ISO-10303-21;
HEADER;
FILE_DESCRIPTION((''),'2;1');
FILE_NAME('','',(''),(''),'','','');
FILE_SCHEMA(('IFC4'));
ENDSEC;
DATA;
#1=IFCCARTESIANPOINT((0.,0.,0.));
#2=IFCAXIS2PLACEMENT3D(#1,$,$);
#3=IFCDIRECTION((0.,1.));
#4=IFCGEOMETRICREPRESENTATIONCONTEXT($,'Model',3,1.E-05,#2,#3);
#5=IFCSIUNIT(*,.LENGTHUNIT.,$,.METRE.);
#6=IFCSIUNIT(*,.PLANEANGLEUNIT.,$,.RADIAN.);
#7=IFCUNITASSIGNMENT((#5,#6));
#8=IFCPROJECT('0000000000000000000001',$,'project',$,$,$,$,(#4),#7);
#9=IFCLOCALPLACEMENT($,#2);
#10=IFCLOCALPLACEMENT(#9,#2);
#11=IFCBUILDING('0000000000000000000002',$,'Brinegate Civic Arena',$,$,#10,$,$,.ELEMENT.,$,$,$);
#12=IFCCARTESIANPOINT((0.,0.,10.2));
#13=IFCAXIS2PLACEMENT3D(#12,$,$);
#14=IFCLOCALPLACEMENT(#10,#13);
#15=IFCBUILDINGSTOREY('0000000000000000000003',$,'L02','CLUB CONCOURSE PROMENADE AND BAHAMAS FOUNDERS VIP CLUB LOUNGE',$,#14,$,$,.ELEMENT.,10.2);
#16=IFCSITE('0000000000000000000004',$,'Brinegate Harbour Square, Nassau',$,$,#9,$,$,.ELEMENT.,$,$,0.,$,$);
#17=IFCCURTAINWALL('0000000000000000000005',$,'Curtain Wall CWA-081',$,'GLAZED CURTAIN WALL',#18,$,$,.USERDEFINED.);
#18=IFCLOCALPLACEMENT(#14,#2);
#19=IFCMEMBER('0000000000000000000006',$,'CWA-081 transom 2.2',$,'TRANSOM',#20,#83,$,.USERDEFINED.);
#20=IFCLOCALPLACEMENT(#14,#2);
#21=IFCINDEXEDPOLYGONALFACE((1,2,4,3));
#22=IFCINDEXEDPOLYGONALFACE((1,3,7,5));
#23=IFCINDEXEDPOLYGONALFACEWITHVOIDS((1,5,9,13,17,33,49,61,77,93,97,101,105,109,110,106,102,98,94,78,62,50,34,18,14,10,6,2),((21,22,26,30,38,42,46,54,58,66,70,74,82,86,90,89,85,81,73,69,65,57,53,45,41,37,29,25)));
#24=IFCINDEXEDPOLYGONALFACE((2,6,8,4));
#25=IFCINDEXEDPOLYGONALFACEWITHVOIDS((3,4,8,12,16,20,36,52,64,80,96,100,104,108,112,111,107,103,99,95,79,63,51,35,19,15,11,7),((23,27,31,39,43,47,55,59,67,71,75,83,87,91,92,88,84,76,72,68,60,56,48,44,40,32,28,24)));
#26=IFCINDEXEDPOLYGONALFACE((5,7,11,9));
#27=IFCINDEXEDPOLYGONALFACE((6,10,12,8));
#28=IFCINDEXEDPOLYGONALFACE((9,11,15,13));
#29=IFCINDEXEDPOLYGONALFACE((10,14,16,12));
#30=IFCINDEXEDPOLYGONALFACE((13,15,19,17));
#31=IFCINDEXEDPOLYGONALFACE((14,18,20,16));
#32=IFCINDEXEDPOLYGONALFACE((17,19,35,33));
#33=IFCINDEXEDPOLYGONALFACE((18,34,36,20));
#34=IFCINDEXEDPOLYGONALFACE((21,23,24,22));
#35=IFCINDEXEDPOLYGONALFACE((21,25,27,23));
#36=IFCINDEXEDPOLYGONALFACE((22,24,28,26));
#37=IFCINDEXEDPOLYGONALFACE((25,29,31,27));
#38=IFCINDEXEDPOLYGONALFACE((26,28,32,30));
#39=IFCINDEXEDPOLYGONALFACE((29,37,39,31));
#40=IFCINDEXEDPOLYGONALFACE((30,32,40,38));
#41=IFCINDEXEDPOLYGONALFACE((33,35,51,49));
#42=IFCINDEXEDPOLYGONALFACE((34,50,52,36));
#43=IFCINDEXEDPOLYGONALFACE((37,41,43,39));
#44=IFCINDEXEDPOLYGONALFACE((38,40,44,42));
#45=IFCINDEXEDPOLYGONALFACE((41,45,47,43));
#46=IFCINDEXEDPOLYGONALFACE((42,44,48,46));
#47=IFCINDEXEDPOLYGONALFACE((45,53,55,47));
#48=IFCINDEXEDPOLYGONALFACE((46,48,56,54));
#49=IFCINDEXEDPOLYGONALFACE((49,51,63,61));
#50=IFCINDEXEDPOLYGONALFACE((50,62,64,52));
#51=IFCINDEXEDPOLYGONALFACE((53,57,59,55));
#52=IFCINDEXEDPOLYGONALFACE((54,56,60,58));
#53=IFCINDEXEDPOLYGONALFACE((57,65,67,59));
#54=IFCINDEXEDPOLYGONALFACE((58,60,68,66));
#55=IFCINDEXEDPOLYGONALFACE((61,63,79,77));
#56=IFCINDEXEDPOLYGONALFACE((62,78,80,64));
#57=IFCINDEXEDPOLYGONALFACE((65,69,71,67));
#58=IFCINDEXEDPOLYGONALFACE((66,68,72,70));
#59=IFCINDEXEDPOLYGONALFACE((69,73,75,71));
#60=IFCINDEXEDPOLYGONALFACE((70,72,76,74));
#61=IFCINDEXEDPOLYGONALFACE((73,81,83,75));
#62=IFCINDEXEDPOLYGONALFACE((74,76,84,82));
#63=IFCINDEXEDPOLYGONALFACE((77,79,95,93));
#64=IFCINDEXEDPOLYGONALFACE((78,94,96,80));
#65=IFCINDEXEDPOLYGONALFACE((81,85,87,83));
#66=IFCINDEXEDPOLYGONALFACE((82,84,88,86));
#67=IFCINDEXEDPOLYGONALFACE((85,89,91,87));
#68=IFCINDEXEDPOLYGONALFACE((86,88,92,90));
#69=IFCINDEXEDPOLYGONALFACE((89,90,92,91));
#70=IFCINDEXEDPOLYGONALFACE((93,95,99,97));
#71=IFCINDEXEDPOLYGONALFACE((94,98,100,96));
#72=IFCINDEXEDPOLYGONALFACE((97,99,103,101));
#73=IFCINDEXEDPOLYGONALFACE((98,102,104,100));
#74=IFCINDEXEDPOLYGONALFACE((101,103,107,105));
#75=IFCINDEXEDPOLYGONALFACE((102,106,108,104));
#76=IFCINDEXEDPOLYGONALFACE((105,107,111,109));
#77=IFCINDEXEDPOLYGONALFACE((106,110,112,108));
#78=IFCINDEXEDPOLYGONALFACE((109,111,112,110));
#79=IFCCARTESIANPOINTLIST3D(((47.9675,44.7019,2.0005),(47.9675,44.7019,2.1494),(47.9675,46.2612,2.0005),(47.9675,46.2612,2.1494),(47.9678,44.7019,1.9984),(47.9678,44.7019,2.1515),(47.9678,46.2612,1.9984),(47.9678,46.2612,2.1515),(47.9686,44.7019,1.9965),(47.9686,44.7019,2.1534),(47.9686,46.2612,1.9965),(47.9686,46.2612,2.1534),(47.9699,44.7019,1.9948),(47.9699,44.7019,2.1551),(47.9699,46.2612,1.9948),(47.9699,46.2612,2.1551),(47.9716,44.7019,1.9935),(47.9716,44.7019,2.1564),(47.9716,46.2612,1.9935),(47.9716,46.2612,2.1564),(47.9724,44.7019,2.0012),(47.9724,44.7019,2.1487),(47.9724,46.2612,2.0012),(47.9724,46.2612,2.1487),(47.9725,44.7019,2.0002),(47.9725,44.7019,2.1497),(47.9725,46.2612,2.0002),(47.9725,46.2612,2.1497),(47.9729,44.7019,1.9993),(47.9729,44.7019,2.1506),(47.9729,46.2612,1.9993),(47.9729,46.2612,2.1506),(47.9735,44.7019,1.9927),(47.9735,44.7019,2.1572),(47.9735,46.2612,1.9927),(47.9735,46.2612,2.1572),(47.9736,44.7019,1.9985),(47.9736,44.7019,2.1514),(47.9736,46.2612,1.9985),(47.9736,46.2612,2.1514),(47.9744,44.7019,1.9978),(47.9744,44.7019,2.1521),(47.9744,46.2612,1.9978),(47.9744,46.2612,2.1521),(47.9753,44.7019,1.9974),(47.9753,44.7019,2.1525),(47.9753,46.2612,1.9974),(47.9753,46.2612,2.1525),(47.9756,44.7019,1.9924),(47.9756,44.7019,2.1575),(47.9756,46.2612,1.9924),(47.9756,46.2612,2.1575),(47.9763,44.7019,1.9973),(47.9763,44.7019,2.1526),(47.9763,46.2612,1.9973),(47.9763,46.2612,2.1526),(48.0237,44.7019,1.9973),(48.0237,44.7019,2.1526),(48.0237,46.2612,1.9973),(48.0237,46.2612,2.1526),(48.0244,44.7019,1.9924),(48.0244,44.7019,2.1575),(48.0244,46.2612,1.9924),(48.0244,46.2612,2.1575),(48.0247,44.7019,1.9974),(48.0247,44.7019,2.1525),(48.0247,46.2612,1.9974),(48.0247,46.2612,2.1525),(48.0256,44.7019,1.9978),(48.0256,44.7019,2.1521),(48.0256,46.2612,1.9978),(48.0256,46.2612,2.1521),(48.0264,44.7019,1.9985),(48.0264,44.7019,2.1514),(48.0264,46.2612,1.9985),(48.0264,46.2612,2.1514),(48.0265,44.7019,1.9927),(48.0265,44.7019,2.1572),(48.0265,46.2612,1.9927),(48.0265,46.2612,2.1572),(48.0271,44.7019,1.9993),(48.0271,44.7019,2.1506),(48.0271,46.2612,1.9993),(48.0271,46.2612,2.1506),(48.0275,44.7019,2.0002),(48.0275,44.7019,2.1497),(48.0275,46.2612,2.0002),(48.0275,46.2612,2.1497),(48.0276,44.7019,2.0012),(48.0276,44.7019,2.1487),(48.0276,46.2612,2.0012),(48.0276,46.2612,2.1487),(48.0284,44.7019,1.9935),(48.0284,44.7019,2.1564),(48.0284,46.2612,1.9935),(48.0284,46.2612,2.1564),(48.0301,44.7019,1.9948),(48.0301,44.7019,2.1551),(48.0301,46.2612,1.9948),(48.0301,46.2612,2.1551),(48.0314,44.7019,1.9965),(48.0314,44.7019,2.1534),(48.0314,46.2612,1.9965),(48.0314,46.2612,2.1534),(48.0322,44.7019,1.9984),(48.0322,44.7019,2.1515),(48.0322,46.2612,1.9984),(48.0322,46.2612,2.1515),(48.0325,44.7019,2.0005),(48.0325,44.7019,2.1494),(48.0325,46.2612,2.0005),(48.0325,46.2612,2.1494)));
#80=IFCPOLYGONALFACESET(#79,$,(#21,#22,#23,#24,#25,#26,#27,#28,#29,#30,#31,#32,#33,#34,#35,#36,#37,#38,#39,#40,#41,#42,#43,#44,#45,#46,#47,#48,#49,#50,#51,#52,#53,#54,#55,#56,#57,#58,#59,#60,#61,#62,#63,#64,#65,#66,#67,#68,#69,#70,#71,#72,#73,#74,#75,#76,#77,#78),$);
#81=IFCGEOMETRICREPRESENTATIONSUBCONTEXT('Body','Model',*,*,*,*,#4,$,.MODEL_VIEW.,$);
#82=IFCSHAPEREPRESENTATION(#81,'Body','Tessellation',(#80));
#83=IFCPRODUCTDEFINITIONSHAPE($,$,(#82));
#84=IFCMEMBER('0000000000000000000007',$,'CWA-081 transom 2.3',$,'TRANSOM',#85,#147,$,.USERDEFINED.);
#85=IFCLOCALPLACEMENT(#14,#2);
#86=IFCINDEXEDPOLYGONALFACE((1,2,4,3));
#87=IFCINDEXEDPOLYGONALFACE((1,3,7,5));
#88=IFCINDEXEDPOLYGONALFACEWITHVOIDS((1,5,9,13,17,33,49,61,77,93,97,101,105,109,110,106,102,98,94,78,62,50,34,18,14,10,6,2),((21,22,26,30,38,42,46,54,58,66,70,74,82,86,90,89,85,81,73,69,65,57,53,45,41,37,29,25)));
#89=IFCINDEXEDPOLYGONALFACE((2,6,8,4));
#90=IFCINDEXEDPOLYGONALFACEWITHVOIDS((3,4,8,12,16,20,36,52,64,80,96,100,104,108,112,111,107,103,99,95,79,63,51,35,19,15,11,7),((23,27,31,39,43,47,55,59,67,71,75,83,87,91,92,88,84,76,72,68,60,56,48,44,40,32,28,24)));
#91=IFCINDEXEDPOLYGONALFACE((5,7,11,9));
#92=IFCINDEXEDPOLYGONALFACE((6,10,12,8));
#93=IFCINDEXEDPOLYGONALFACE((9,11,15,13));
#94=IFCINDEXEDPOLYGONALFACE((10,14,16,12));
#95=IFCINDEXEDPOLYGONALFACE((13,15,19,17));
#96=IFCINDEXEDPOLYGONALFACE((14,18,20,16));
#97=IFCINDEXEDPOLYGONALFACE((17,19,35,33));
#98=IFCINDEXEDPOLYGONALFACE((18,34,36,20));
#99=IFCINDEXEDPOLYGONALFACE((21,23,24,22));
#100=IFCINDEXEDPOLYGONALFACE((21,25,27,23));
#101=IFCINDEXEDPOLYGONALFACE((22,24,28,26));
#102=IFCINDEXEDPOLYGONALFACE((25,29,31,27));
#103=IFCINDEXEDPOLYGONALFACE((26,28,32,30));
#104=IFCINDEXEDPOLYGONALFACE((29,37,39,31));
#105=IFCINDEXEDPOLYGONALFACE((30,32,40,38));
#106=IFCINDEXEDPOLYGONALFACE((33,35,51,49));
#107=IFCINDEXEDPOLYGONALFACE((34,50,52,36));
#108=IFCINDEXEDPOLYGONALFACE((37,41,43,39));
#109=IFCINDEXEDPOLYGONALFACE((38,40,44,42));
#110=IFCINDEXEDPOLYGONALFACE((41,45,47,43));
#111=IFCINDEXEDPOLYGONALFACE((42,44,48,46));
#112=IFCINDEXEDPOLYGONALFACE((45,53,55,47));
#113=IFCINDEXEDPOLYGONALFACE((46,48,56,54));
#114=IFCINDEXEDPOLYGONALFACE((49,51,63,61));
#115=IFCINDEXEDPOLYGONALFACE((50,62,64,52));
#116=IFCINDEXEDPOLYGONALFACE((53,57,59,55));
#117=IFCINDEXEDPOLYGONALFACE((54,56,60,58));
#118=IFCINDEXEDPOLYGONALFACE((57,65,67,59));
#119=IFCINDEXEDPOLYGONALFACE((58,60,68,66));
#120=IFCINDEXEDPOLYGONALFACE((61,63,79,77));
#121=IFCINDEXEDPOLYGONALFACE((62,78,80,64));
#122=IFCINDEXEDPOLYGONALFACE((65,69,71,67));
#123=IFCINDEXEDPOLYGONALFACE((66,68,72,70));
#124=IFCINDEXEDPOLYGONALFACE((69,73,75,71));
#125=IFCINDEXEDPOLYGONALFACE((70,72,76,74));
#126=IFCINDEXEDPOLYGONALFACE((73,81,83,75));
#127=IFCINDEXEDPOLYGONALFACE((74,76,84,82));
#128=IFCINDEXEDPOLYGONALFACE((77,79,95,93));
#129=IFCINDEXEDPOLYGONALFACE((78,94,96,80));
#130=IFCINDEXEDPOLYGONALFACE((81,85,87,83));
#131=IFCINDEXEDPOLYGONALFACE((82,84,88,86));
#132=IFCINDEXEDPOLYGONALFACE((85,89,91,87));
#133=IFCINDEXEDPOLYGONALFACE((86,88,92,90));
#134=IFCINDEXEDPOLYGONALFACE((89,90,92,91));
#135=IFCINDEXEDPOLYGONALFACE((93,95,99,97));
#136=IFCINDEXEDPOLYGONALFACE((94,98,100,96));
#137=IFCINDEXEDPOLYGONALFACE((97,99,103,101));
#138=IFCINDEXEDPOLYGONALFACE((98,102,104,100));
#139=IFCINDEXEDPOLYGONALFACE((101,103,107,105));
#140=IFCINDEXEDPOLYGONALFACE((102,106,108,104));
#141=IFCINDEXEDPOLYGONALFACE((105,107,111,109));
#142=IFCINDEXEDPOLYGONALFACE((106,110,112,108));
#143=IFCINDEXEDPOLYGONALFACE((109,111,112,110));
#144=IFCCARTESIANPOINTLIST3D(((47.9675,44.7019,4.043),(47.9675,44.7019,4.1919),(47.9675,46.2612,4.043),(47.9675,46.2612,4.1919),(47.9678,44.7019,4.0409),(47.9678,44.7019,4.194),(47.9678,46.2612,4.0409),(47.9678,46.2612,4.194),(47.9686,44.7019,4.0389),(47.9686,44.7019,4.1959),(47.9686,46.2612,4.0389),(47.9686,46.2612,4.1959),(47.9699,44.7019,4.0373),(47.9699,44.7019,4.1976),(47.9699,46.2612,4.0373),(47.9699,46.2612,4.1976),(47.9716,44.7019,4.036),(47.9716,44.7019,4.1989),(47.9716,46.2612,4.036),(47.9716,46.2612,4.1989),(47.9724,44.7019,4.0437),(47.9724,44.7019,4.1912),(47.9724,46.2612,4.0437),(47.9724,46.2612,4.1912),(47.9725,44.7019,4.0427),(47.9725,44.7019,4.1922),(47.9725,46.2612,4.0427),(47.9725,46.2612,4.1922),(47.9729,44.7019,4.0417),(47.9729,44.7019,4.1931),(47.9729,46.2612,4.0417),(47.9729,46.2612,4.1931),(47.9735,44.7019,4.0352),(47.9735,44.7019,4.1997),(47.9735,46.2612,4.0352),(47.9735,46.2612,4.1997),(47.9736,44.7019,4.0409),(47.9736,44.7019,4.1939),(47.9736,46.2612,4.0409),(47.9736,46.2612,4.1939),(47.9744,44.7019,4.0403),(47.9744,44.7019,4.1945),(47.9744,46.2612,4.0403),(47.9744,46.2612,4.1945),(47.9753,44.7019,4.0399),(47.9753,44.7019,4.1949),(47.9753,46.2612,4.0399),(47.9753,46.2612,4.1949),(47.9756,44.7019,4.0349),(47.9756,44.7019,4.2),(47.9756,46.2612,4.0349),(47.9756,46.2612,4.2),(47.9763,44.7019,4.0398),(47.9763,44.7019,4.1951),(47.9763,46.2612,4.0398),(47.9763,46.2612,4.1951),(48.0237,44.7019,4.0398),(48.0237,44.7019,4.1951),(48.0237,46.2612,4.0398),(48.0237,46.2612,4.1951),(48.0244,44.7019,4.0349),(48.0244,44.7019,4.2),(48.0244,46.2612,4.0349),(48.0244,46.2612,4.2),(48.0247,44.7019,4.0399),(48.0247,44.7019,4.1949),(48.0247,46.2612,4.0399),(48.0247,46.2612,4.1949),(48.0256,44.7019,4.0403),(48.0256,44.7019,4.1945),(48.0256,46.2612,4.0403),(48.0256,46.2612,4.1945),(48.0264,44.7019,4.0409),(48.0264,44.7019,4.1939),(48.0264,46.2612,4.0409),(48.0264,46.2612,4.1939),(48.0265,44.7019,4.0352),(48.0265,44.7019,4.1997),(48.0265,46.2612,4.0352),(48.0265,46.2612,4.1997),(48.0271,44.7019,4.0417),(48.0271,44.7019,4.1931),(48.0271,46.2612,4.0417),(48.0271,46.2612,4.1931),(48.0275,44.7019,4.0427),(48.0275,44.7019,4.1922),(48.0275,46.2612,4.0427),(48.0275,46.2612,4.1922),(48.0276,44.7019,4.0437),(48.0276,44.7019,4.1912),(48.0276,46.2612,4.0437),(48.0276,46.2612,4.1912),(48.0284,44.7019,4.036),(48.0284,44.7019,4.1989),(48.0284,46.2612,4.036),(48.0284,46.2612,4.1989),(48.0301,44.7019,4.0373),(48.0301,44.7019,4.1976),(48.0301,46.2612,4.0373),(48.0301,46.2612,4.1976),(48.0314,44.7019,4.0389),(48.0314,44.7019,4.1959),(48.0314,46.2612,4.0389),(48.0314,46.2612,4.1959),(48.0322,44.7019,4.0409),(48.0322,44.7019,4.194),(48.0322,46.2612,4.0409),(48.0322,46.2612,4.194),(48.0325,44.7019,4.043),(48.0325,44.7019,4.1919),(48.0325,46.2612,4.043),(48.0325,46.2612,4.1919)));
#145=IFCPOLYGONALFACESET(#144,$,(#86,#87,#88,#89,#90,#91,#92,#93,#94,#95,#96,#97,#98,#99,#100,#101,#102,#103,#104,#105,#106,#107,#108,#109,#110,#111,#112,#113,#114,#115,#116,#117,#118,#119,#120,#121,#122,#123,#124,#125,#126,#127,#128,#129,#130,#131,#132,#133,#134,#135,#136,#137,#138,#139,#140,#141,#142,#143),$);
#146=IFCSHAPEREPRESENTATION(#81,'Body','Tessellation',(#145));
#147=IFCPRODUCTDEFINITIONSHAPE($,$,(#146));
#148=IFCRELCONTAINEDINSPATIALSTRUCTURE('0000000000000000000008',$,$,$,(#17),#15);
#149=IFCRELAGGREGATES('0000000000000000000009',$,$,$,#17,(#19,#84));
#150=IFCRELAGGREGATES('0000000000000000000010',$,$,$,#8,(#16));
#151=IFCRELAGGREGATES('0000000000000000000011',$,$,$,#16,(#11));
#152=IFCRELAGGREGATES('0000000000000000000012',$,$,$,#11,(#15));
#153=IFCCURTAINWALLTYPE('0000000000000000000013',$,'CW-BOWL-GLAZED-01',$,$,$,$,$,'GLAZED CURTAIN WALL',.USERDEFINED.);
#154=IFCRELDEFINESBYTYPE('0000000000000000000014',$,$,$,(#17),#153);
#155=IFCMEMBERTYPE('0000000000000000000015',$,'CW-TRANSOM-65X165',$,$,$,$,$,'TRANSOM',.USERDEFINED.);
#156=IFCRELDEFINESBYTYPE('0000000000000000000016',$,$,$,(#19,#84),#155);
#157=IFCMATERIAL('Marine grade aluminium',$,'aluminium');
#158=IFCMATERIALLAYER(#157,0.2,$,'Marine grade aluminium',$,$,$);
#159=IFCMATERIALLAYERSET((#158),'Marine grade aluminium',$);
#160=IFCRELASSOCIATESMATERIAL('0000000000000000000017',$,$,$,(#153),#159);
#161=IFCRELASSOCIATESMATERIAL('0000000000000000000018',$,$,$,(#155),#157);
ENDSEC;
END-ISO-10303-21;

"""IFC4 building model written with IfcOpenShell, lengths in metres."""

from ifc_helpers import new_model, si_unit, direction, frame, origin, origin_2d, place, context, subcontext, project, spatial, hollow_rectangle, extrude, material, layer, layer_set, material_profile, profile_set, type_object, element, aggregate, save


model = new_model("IFC4")

# Units and contexts
model_context = context("Model", 3, precision=1e-05, world=origin(), true_north=direction((0.0, 1.0)))
body_context = subcontext(model_context, "Body", "Model", "MODEL_VIEW")
ifc_project = project(units=[si_unit("LENGTHUNIT", "METRE"), si_unit("PLANEANGLEUNIT", "RADIAN")], contexts=[model_context])

# Site, building, storey
site_placement = place(None, origin())
site = spatial("IfcSite", under=ifc_project, at=site_placement, Name="Brinegate Harbour Square, Nassau", CompositionType="ELEMENT", RefElevation=0.0)
building_placement = place(site_placement, origin())
building = spatial("IfcBuilding", under=site, at=building_placement, Name="Brinegate Civic Arena", CompositionType="ELEMENT")
storey_placement = place(building_placement, frame((0.0, 0.0, 10.2)))
storey = spatial("IfcBuildingStorey", under=building, at=storey_placement, Name="L02", Description="CLUB CONCOURSE PROMENADE AND BAHAMAS FOUNDERS VIP CLUB LOUNGE", CompositionType="ELEMENT", Elevation=10.2)

# Curtain wall, members
ifc_material_1 = material(Name="Marine grade aluminium", Category="aluminium")
ifc_layer_1 = layer(ifc_material_1, 0.2, Name="Marine grade aluminium")
ifc_layer_set_1 = layer_set([ifc_layer_1], Name="Marine grade aluminium")
curtain_wall_type = type_object("IfcCurtainWallType", Name="CW-BOWL-GLAZED-01", ElementType="GLAZED CURTAIN WALL", PredefinedType="USERDEFINED", material=ifc_layer_set_1)
curtain_wall_placement = place(storey_placement, origin())
curtain_wall = element("IfcCurtainWall", 1, at=curtain_wall_placement, inside=storey, type_object=curtain_wall_type, Name="Curtain Wall CWA-081", ObjectType="GLAZED CURTAIN WALL", PredefinedType="USERDEFINED")
ifc_material_profile_1 = material_profile(ifc_material_1, hollow_rectangle(XDim=0.0649, YDim=0.165, WallThickness=0.0049, InnerFilletRadius=0.0039, OuterFilletRadius=0.0081, at=origin_2d()), Name="TRN65X165")
ifc_profile_set_1 = profile_set([ifc_material_profile_1], Name="Marine grade aluminium")
member_type_1 = type_object("IfcMemberType", Name="CW-TRANSOM-65X165", ElementType="TRANSOM", PredefinedType="USERDEFINED", material=ifc_profile_set_1)
member_1_placement = place(storey_placement, frame((48.0, 44.7019, 2.075), z_axis=(0.0, 1.0, 0.0), x_axis=(-1.0, 0.0, 0.0)))
member_1 = element("IfcMember", 2, at=member_1_placement, type_object=member_type_1, Name="CWA-081 transom 2.2", ObjectType="TRANSOM", PredefinedType="USERDEFINED", context=body_context, shape_type="SweptSolid", body=[
    extrude(hollow_rectangle(XDim=0.0649, YDim=0.165, WallThickness=0.0049, InnerFilletRadius=0.0039, OuterFilletRadius=0.0081, at=origin_2d()), origin(), (0.0, 0.0, 1.0), 1.5593),
])
member_2_placement = place(storey_placement, frame((48.0, 44.7019, 4.1174), z_axis=(0.0, 1.0, 0.0), x_axis=(-1.0, 0.0, 0.0)))
member_2 = element("IfcMember", 3, at=member_2_placement, type_object=member_type_1, Name="CWA-081 transom 2.3", ObjectType="TRANSOM", PredefinedType="USERDEFINED", context=body_context, shape_type="SweptSolid", body=[
    extrude(hollow_rectangle(XDim=0.0649, YDim=0.165, WallThickness=0.0049, InnerFilletRadius=0.0039, OuterFilletRadius=0.0081, at=origin_2d()), origin(), (0.0, 0.0, 1.0), 1.5593),
])
aggregate(curtain_wall, [member_1, member_2])

save(model, "model.ifc")
